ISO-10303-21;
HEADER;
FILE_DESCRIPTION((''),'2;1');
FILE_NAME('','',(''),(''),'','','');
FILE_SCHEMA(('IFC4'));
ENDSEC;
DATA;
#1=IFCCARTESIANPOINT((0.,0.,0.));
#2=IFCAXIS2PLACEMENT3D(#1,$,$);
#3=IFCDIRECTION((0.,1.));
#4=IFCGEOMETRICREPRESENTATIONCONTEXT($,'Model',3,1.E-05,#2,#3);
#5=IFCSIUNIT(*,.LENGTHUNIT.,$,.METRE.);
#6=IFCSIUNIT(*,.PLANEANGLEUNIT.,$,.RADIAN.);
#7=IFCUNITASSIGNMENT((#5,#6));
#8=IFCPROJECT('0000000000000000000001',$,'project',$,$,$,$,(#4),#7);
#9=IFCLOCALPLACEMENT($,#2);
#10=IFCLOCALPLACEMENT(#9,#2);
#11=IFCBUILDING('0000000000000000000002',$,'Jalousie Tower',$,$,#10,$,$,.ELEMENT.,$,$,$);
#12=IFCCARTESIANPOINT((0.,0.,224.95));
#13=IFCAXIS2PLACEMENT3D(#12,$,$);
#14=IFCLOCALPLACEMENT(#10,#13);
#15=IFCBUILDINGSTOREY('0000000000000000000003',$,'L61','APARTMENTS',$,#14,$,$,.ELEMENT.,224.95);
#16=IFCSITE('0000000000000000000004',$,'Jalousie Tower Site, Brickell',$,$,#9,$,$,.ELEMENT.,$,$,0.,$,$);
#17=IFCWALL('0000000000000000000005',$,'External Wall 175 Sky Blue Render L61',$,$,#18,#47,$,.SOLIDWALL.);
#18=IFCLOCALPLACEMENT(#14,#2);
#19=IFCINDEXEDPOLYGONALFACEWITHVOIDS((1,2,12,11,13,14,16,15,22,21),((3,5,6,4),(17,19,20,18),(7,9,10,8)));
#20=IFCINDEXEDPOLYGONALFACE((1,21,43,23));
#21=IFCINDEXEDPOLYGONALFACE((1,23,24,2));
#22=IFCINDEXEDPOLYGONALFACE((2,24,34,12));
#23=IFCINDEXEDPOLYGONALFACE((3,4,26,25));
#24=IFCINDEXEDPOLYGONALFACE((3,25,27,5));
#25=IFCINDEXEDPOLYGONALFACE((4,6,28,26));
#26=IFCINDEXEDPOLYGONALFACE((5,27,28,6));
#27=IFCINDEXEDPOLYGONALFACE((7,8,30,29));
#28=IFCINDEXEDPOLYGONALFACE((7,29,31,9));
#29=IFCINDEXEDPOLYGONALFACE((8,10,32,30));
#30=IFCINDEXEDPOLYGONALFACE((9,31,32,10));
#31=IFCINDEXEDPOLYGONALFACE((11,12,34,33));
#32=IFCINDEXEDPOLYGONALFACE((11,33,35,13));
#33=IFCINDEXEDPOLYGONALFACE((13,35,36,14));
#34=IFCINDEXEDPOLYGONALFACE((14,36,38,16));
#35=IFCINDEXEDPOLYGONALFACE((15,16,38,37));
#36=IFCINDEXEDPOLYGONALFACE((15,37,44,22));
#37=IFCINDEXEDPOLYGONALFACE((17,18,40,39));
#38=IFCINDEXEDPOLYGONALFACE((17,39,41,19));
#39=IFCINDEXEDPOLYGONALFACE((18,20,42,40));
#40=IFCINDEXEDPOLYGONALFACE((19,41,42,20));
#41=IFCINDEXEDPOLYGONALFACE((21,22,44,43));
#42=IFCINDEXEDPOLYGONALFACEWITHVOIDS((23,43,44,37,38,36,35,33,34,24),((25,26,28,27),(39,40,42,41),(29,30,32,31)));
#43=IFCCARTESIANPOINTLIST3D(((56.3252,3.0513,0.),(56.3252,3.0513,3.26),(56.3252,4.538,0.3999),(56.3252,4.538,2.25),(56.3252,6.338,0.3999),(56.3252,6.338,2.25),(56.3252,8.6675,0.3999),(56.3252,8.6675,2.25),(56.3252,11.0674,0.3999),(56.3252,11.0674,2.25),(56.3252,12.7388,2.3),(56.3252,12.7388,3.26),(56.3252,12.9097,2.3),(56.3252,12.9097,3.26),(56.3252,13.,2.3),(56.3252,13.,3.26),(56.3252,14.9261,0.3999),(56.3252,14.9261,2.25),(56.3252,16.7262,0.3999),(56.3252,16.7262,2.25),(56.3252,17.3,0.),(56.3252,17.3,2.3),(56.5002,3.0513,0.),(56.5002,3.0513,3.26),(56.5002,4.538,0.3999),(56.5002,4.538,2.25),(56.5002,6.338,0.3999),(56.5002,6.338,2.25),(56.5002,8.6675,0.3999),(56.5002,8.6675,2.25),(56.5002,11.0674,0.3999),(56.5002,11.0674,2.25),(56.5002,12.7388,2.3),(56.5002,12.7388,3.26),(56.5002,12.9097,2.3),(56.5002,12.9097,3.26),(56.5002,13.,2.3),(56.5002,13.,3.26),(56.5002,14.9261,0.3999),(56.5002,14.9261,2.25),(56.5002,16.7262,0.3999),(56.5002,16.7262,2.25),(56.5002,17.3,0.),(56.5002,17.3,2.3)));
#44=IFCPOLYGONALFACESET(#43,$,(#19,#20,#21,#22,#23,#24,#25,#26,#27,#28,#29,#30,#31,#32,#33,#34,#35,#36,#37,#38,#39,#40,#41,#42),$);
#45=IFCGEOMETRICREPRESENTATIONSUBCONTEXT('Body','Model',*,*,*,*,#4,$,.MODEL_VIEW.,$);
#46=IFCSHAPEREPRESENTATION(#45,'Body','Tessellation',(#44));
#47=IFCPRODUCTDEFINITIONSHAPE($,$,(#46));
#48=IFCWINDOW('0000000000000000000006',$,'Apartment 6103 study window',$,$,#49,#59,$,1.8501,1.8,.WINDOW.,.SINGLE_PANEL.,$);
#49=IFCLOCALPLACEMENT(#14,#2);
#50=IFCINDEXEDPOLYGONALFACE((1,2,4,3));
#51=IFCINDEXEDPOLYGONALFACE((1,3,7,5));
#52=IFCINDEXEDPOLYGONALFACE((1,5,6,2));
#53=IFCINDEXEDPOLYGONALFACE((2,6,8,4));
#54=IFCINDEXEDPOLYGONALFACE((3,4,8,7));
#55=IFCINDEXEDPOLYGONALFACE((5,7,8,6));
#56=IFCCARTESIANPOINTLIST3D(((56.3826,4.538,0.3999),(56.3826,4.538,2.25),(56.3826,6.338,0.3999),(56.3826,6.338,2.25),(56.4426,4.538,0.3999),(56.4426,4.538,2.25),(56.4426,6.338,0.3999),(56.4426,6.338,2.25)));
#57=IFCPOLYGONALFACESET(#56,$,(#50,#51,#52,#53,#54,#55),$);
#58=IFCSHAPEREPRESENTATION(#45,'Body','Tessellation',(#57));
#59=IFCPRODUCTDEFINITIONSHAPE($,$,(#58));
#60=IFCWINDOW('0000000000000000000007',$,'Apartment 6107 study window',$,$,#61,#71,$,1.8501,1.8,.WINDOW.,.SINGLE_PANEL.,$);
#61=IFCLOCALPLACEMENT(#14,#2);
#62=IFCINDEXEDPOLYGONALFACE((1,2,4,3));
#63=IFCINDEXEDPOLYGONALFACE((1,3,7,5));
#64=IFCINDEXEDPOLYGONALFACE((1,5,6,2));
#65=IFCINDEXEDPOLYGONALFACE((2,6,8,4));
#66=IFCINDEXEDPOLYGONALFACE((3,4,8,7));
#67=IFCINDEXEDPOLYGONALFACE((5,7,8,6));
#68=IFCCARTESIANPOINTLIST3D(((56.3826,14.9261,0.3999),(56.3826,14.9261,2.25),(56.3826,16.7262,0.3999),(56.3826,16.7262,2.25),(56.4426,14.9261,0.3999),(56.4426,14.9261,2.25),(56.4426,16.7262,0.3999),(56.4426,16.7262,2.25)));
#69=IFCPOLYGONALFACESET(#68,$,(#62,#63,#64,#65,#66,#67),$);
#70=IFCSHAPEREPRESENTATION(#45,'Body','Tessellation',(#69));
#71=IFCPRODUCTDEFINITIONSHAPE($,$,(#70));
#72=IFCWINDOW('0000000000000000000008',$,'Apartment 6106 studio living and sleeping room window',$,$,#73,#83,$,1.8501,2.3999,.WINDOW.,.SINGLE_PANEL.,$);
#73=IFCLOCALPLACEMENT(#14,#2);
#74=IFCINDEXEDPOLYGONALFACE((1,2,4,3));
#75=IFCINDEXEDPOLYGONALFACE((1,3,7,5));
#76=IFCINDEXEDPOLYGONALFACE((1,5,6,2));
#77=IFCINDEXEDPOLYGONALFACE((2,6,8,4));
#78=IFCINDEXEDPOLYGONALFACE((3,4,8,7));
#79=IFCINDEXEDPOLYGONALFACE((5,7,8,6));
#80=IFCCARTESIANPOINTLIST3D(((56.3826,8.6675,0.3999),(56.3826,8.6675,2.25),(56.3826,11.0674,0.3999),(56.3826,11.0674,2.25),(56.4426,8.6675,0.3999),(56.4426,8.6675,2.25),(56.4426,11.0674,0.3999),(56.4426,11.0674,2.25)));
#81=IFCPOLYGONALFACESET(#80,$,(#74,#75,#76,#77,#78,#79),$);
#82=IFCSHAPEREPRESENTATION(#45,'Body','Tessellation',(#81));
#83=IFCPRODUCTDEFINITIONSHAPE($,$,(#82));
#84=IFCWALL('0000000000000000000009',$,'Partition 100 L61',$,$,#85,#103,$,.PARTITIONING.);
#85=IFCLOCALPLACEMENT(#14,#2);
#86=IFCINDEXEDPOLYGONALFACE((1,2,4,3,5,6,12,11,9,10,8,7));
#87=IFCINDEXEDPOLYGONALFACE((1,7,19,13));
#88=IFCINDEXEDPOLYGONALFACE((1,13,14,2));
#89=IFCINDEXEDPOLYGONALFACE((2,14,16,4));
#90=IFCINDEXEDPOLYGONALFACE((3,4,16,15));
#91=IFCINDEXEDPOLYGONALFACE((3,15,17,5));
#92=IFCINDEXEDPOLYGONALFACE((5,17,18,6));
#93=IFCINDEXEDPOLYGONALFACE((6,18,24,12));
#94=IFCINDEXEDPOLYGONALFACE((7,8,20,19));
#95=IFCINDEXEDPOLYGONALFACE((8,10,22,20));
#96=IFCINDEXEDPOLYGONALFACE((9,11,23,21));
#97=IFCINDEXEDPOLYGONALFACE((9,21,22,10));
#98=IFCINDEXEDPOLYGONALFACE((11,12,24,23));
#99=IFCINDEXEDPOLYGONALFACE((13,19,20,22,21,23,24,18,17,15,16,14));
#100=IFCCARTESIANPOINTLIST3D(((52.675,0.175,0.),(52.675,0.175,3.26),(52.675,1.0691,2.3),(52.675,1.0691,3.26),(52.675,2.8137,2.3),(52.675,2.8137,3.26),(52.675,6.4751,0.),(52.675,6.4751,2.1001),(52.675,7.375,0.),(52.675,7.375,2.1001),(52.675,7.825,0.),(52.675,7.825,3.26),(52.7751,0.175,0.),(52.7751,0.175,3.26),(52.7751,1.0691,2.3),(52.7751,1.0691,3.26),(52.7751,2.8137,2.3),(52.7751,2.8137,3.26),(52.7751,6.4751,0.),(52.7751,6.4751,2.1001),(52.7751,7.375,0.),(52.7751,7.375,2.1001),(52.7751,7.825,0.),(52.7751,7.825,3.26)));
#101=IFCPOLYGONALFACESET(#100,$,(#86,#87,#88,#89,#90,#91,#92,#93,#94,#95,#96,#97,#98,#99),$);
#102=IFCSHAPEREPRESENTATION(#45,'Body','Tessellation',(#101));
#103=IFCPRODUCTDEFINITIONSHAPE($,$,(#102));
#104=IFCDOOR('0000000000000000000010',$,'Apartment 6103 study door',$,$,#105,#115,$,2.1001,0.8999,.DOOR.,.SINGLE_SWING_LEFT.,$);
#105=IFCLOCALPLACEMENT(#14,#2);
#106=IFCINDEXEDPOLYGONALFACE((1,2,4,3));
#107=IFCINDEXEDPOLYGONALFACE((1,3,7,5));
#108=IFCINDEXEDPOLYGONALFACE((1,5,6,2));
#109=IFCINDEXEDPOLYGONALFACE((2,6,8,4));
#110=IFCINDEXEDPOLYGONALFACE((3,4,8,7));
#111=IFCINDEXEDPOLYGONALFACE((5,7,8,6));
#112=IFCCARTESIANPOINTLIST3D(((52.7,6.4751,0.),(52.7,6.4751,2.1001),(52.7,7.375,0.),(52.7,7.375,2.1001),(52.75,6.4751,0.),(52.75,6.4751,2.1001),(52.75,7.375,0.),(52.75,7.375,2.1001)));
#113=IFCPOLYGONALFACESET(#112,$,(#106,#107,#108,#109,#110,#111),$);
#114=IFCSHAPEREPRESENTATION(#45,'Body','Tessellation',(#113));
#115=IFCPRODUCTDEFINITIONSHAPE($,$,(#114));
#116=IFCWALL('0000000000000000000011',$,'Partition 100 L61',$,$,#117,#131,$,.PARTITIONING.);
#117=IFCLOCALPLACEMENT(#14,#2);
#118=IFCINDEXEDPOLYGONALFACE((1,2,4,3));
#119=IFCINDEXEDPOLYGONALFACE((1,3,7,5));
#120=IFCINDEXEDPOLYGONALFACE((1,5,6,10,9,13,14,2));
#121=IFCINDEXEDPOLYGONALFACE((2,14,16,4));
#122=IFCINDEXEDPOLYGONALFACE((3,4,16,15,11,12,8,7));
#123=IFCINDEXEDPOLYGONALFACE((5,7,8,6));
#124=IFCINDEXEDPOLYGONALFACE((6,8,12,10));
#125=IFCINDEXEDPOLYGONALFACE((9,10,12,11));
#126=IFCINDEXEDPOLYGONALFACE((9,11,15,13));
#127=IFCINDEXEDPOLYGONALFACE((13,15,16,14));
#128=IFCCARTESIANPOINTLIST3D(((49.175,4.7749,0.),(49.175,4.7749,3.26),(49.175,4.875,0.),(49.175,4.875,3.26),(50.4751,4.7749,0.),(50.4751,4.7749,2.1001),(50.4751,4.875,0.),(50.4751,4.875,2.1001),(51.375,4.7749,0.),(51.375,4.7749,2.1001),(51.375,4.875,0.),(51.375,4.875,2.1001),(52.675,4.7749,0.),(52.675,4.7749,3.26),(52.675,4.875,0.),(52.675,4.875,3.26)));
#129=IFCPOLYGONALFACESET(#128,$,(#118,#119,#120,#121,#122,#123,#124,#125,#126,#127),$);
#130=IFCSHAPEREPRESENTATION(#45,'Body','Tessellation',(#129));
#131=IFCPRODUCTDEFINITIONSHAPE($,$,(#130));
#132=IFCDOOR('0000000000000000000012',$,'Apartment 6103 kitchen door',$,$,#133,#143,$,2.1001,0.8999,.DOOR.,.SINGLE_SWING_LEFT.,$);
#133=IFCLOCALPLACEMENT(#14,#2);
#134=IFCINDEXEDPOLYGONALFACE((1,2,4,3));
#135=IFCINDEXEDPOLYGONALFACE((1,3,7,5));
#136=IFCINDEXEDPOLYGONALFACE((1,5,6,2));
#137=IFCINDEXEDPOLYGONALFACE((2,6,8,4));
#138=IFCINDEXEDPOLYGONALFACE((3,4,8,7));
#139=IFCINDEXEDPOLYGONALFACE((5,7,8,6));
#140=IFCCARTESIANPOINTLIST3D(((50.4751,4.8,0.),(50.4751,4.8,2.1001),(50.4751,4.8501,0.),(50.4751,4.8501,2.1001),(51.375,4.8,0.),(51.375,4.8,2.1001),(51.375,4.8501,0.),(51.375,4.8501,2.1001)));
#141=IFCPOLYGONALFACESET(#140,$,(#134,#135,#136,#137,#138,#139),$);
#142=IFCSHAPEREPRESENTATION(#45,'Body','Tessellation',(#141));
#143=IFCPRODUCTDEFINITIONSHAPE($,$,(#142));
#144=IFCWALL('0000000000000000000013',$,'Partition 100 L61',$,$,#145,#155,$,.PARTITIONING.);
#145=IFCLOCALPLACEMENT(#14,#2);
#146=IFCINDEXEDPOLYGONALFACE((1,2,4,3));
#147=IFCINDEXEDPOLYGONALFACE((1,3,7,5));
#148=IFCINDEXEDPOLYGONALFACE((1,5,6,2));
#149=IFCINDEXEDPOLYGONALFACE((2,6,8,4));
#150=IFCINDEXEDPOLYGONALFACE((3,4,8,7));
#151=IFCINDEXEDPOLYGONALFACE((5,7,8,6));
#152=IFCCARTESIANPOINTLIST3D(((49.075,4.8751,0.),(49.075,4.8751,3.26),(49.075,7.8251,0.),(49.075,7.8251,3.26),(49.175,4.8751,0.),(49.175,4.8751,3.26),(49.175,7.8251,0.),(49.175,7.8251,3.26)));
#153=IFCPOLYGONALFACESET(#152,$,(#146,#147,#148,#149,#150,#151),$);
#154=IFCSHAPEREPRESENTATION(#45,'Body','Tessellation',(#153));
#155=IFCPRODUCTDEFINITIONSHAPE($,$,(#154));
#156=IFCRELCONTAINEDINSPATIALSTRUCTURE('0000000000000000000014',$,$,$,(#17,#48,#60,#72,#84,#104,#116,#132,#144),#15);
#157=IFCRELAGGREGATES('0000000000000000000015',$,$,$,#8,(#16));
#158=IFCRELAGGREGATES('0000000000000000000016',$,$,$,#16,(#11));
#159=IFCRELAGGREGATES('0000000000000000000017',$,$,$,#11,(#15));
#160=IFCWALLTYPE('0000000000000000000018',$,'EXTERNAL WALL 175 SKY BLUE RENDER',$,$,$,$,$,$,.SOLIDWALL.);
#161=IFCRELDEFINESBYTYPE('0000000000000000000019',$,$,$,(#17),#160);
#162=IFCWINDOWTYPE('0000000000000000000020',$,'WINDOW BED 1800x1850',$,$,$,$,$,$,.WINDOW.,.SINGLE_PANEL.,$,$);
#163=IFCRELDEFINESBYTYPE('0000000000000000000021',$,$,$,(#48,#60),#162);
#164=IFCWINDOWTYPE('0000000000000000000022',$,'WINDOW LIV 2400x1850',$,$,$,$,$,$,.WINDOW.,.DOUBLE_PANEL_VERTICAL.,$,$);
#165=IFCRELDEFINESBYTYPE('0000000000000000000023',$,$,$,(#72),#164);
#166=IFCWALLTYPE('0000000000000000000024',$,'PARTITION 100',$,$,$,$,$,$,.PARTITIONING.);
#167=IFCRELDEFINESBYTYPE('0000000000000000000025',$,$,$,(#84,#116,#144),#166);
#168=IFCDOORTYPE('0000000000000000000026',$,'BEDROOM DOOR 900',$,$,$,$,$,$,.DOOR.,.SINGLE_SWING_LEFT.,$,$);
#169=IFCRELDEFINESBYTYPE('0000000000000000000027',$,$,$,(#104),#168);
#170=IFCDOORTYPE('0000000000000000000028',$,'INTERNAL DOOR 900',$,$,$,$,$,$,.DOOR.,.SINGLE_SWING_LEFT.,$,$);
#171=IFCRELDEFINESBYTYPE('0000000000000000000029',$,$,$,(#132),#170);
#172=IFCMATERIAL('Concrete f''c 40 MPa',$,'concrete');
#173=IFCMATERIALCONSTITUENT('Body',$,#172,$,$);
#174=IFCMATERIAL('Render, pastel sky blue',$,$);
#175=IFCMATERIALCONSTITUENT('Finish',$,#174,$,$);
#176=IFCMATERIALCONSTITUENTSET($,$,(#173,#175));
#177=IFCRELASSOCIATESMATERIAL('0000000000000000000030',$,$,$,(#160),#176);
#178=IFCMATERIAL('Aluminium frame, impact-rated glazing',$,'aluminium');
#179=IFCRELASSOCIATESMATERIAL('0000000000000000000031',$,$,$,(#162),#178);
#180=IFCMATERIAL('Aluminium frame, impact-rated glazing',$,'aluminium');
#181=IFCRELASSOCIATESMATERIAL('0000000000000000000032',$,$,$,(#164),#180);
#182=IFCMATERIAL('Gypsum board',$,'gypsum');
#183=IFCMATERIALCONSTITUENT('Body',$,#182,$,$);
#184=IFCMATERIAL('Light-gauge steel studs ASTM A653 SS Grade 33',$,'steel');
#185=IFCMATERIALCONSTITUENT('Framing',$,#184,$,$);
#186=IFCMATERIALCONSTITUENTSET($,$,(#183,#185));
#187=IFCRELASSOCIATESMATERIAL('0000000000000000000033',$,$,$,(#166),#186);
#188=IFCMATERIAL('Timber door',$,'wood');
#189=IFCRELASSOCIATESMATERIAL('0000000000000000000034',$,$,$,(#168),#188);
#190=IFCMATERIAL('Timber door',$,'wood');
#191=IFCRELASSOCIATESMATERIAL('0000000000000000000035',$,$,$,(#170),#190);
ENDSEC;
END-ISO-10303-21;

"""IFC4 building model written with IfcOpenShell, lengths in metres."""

from ifc_helpers import new_model, si_unit, direction, frame, frame_2d, origin, place, context, subcontext, project, spatial, polyline, rectangle, outline, extrude, material, constituent, constituent_set, type_object, element, fill, save


model = new_model("IFC4")

# Units and contexts
model_context = context("Model", 3, precision=1e-05, world=origin(), true_north=direction((0.0, 1.0)))
body_context = subcontext(model_context, "Body", "Model", "MODEL_VIEW")
ifc_project = project(units=[si_unit("LENGTHUNIT", "METRE"), si_unit("PLANEANGLEUNIT", "RADIAN")], contexts=[model_context])

# Site, building, storey
site_placement = place(None, origin())
site = spatial("IfcSite", under=ifc_project, at=site_placement, Name="Jalousie Tower Site, Brickell", CompositionType="ELEMENT", RefElevation=0.0)
building_placement = place(site_placement, origin())
building = spatial("IfcBuilding", under=site, at=building_placement, Name="Jalousie Tower", CompositionType="ELEMENT")
storey_placement = place(building_placement, frame((0.0, 0.0, 224.95)))
storey = spatial("IfcBuildingStorey", under=building, at=storey_placement, Name="L61", Description="APARTMENTS", CompositionType="ELEMENT", Elevation=224.95)

# Wall, openings, windows
ifc_material_1 = material(Name="Concrete f'c 40 MPa", Category="concrete")
ifc_constituent_1 = constituent(ifc_material_1, Name="Body")
ifc_material_2 = material(Name="Render, pastel sky blue")
ifc_constituent_2 = constituent(ifc_material_2, Name="Finish")
ifc_constituent_set_1 = constituent_set(constituents=[ifc_constituent_1, ifc_constituent_2])
wall_type_1 = type_object("IfcWallType", Name="EXTERNAL WALL 175 SKY BLUE RENDER", PredefinedType="SOLIDWALL", material=ifc_constituent_set_1)
wall_1_placement = place(storey_placement, frame((56.4126, 3.0513, 0.0), z_axis=(0.0, 0.0, 1.0), x_axis=(0.0, 1.0, 0.0)))
wall_1 = element("IfcWall", 1, at=wall_1_placement, inside=storey, type_object=wall_type_1, Name="External Wall 175 Sky Blue Render L61", PredefinedType="SOLIDWALL", context=body_context, shape_type="SweptSolid", body=[
    extrude(outline(polyline([(0.0, 0.0), (14.2488, 0.0), (14.2488, 2.3), (9.9487, 2.3), (9.9487, 3.26), (9.8584, 3.26), (9.8584, 2.3), (9.6875, 2.3), (9.6875, 3.26), (0.0, 3.26), (0.0, 0.0)])), frame((0.0, 0.0874, 0.0), z_axis=(0.0, -1.0, 0.0), x_axis=(1.0, 0.0, 0.0)), (0.0, 0.0, 1.0), 0.175),
])
opening_1_placement = place(wall_1_placement, frame((1.4868, 0.0, 0.3999)))
opening_1 = element("IfcOpeningElement", 2, at=opening_1_placement, cuts=wall_1, PredefinedType="OPENING", context=body_context, shape_type="SweptSolid", body=[
    extrude(rectangle(XDim=1.8, YDim=1.8501, at=frame_2d((0.8999, 0.925))), frame((0.0, 0.0974, 0.0), z_axis=(0.0, -1.0, 0.0), x_axis=(1.0, 0.0, 0.0)), (0.0, 0.0, 1.0), 0.1951),
])
opening_2_placement = place(wall_1_placement, frame((5.6162, 0.0, 0.3999)))
opening_2 = element("IfcOpeningElement", 3, at=opening_2_placement, cuts=wall_1, PredefinedType="OPENING", context=body_context, shape_type="SweptSolid", body=[
    extrude(rectangle(XDim=2.3999, YDim=1.8501, at=frame_2d((1.2, 0.925))), frame((0.0, 0.0974, 0.0), z_axis=(0.0, -1.0, 0.0), x_axis=(1.0, 0.0, 0.0)), (0.0, 0.0, 1.0), 0.1951),
])
opening_3_placement = place(wall_1_placement, frame((11.875, 0.0, 0.3999)))
opening_3 = element("IfcOpeningElement", 4, at=opening_3_placement, cuts=wall_1, PredefinedType="OPENING", context=body_context, shape_type="SweptSolid", body=[
    extrude(rectangle(XDim=1.8, YDim=1.8501, at=frame_2d((0.8999, 0.925))), frame((0.0, 0.0974, 0.0), z_axis=(0.0, -1.0, 0.0), x_axis=(1.0, 0.0, 0.0)), (0.0, 0.0, 1.0), 0.1951),
])
ifc_material_3 = material(Name="Aluminium frame, impact-rated glazing", Category="aluminium")
window_type_1 = type_object("IfcWindowType", Name="WINDOW BED 1800x1850", PartitioningType="SINGLE_PANEL", PredefinedType="WINDOW", material=ifc_material_3)
window_1_placement = place(opening_1_placement, origin())
window_1 = element("IfcWindow", 5, at=window_1_placement, inside=storey, type_object=window_type_1, Name="Apartment 6103 study window", OverallHeight=1.8501, OverallWidth=1.8, PartitioningType="SINGLE_PANEL", PredefinedType="WINDOW", context=body_context, shape_type="SweptSolid", body=[
    extrude(rectangle(XDim=1.8, YDim=1.8501, at=frame_2d((0.8999, 0.925))), frame((0.0, 0.03, 0.0), z_axis=(0.0, -1.0, 0.0), x_axis=(1.0, 0.0, 0.0)), (0.0, 0.0, 1.0), 0.0601),
])
fill(opening_1, window_1)
window_2_placement = place(opening_3_placement, origin())
window_2 = element("IfcWindow", 6, at=window_2_placement, inside=storey, type_object=window_type_1, Name="Apartment 6107 study window", OverallHeight=1.8501, OverallWidth=1.8, PartitioningType="SINGLE_PANEL", PredefinedType="WINDOW", context=body_context, shape_type="SweptSolid", body=[
    extrude(rectangle(XDim=1.8, YDim=1.8501, at=frame_2d((0.8999, 0.925))), frame((0.0, 0.03, 0.0), z_axis=(0.0, -1.0, 0.0), x_axis=(1.0, 0.0, 0.0)), (0.0, 0.0, 1.0), 0.0601),
])
fill(opening_3, window_2)
ifc_material_4 = material(Name="Aluminium frame, impact-rated glazing", Category="aluminium")
window_type_2 = type_object("IfcWindowType", Name="WINDOW LIV 2400x1850", PartitioningType="DOUBLE_PANEL_VERTICAL", PredefinedType="WINDOW", material=ifc_material_4)
window_3_placement = place(opening_2_placement, origin())
window_3 = element("IfcWindow", 7, at=window_3_placement, inside=storey, type_object=window_type_2, Name="Apartment 6106 studio living and sleeping room window", OverallHeight=1.8501, OverallWidth=2.3999, PartitioningType="SINGLE_PANEL", PredefinedType="WINDOW", context=body_context, shape_type="SweptSolid", body=[
    extrude(rectangle(XDim=2.3999, YDim=1.8501, at=frame_2d((1.2, 0.925))), frame((0.0, 0.03, 0.0), z_axis=(0.0, -1.0, 0.0), x_axis=(1.0, 0.0, 0.0)), (0.0, 0.0, 1.0), 0.0601),
])
fill(opening_2, window_3)

# Walls, openings, doors
ifc_material_5 = material(Name="Gypsum board", Category="gypsum")
ifc_constituent_3 = constituent(ifc_material_5, Name="Body")
ifc_material_6 = material(Name="Light-gauge steel studs ASTM A653 SS Grade 33", Category="steel")
ifc_constituent_4 = constituent(ifc_material_6, Name="Framing")
ifc_constituent_set_2 = constituent_set(constituents=[ifc_constituent_3, ifc_constituent_4])
wall_type_2 = type_object("IfcWallType", Name="PARTITION 100", PredefinedType="PARTITIONING", material=ifc_constituent_set_2)
wall_2_placement = place(storey_placement, frame((52.7251, 0.175, 0.0), z_axis=(0.0, 0.0, 1.0), x_axis=(0.0, 1.0, 0.0)))
wall_2 = element("IfcWall", 8, at=wall_2_placement, inside=storey, type_object=wall_type_2, Name="Partition 100 L61", PredefinedType="PARTITIONING", context=body_context, shape_type="SweptSolid", body=[
    extrude(outline(polyline([(0.0, 0.0), (7.6499, 0.0), (7.6499, 3.26), (2.6387, 3.26), (2.6387, 2.3), (0.894, 2.3), (0.894, 3.26), (0.0, 3.26), (0.0, 0.0)])), frame((0.0, 0.05, 0.0), z_axis=(0.0, -1.0, 0.0), x_axis=(1.0, 0.0, 0.0)), (0.0, 0.0, 1.0), 0.1001),
])
opening_4_placement = place(wall_2_placement, frame((6.3, 0.0, 0.0)))
opening_4 = element("IfcOpeningElement", 9, at=opening_4_placement, cuts=wall_2, PredefinedType="OPENING", context=body_context, shape_type="SweptSolid", body=[
    extrude(rectangle(XDim=0.8999, YDim=2.1001, at=frame_2d((0.45, 1.05))), frame((0.0, 0.0601, 0.0), z_axis=(0.0, -1.0, 0.0), x_axis=(1.0, 0.0, 0.0)), (0.0, 0.0, 1.0), 0.1201),
])
ifc_material_7 = material(Name="Timber door", Category="wood")
door_type_1 = type_object("IfcDoorType", Name="BEDROOM DOOR 900", OperationType="SINGLE_SWING_LEFT", PredefinedType="DOOR", material=ifc_material_7)
door_1_placement = place(opening_4_placement, frame((0.8999, 0.0, 0.0), z_axis=(0.0, 0.0, 1.0), x_axis=(-1.0, 0.0, 0.0)))
door_1 = element("IfcDoor", 10, at=door_1_placement, inside=storey, type_object=door_type_1, Name="Apartment 6103 study door", OperationType="SINGLE_SWING_LEFT", OverallHeight=2.1001, OverallWidth=0.8999, PredefinedType="DOOR", context=body_context, shape_type="SweptSolid", body=[
    extrude(rectangle(XDim=0.8999, YDim=2.1001, at=frame_2d((0.45, 1.05))), frame((0.0, 0.0249, 0.0), z_axis=(0.0, -1.0, 0.0), x_axis=(1.0, 0.0, 0.0)), (0.0, 0.0, 1.0), 0.05),
])
fill(opening_4, door_1)
wall_3_placement = place(storey_placement, frame((49.175, 4.825, 0.0), z_axis=(0.0, 0.0, 1.0), x_axis=(1.0, 0.0, 0.0)))
wall_3 = element("IfcWall", 11, at=wall_3_placement, inside=storey, type_object=wall_type_2, Name="Partition 100 L61", PredefinedType="PARTITIONING", context=body_context, shape_type="SweptSolid", body=[
    extrude(rectangle(XDim=3.5, YDim=0.1001, at=frame_2d((1.75, 0.0))), origin(), (0.0, 0.0, 1.0), 3.26),
])
opening_5_placement = place(wall_3_placement, frame((1.3, 0.0, 0.0)))
opening_5 = element("IfcOpeningElement", 12, at=opening_5_placement, cuts=wall_3, PredefinedType="OPENING", context=body_context, shape_type="SweptSolid", body=[
    extrude(rectangle(XDim=0.8999, YDim=2.1001, at=frame_2d((0.45, 1.05))), frame((0.0, 0.0601, 0.0), z_axis=(0.0, -1.0, 0.0), x_axis=(1.0, 0.0, 0.0)), (0.0, 0.0, 1.0), 0.1201),
])
ifc_material_8 = material(Name="Timber door", Category="wood")
door_type_2 = type_object("IfcDoorType", Name="INTERNAL DOOR 900", OperationType="SINGLE_SWING_LEFT", PredefinedType="DOOR", material=ifc_material_8)
door_2_placement = place(opening_5_placement, frame((0.8999, 0.0, 0.0), z_axis=(0.0, 0.0, 1.0), x_axis=(-1.0, 0.0, 0.0)))
door_2 = element("IfcDoor", 13, at=door_2_placement, inside=storey, type_object=door_type_2, Name="Apartment 6103 kitchen door", OperationType="SINGLE_SWING_LEFT", OverallHeight=2.1001, OverallWidth=0.8999, PredefinedType="DOOR", context=body_context, shape_type="SweptSolid", body=[
    extrude(rectangle(XDim=0.8999, YDim=2.1001, at=frame_2d((0.45, 1.05))), frame((0.0, 0.0249, 0.0), z_axis=(0.0, -1.0, 0.0), x_axis=(1.0, 0.0, 0.0)), (0.0, 0.0, 1.0), 0.05),
])
fill(opening_5, door_2)

# Wall
wall_4_placement = place(storey_placement, frame((49.125, 4.875, 0.0), z_axis=(0.0, 0.0, 1.0), x_axis=(0.0, 1.0, 0.0)))
element("IfcWall", 14, at=wall_4_placement, inside=storey, type_object=wall_type_2, Name="Partition 100 L61", PredefinedType="PARTITIONING", context=body_context, shape_type="SweptSolid", body=[
    extrude(rectangle(XDim=2.95, YDim=0.1001, at=frame_2d((1.4751, 0.0))), origin(), (0.0, 0.0, 1.0), 3.26),
])

save(model, "model.ifc")
